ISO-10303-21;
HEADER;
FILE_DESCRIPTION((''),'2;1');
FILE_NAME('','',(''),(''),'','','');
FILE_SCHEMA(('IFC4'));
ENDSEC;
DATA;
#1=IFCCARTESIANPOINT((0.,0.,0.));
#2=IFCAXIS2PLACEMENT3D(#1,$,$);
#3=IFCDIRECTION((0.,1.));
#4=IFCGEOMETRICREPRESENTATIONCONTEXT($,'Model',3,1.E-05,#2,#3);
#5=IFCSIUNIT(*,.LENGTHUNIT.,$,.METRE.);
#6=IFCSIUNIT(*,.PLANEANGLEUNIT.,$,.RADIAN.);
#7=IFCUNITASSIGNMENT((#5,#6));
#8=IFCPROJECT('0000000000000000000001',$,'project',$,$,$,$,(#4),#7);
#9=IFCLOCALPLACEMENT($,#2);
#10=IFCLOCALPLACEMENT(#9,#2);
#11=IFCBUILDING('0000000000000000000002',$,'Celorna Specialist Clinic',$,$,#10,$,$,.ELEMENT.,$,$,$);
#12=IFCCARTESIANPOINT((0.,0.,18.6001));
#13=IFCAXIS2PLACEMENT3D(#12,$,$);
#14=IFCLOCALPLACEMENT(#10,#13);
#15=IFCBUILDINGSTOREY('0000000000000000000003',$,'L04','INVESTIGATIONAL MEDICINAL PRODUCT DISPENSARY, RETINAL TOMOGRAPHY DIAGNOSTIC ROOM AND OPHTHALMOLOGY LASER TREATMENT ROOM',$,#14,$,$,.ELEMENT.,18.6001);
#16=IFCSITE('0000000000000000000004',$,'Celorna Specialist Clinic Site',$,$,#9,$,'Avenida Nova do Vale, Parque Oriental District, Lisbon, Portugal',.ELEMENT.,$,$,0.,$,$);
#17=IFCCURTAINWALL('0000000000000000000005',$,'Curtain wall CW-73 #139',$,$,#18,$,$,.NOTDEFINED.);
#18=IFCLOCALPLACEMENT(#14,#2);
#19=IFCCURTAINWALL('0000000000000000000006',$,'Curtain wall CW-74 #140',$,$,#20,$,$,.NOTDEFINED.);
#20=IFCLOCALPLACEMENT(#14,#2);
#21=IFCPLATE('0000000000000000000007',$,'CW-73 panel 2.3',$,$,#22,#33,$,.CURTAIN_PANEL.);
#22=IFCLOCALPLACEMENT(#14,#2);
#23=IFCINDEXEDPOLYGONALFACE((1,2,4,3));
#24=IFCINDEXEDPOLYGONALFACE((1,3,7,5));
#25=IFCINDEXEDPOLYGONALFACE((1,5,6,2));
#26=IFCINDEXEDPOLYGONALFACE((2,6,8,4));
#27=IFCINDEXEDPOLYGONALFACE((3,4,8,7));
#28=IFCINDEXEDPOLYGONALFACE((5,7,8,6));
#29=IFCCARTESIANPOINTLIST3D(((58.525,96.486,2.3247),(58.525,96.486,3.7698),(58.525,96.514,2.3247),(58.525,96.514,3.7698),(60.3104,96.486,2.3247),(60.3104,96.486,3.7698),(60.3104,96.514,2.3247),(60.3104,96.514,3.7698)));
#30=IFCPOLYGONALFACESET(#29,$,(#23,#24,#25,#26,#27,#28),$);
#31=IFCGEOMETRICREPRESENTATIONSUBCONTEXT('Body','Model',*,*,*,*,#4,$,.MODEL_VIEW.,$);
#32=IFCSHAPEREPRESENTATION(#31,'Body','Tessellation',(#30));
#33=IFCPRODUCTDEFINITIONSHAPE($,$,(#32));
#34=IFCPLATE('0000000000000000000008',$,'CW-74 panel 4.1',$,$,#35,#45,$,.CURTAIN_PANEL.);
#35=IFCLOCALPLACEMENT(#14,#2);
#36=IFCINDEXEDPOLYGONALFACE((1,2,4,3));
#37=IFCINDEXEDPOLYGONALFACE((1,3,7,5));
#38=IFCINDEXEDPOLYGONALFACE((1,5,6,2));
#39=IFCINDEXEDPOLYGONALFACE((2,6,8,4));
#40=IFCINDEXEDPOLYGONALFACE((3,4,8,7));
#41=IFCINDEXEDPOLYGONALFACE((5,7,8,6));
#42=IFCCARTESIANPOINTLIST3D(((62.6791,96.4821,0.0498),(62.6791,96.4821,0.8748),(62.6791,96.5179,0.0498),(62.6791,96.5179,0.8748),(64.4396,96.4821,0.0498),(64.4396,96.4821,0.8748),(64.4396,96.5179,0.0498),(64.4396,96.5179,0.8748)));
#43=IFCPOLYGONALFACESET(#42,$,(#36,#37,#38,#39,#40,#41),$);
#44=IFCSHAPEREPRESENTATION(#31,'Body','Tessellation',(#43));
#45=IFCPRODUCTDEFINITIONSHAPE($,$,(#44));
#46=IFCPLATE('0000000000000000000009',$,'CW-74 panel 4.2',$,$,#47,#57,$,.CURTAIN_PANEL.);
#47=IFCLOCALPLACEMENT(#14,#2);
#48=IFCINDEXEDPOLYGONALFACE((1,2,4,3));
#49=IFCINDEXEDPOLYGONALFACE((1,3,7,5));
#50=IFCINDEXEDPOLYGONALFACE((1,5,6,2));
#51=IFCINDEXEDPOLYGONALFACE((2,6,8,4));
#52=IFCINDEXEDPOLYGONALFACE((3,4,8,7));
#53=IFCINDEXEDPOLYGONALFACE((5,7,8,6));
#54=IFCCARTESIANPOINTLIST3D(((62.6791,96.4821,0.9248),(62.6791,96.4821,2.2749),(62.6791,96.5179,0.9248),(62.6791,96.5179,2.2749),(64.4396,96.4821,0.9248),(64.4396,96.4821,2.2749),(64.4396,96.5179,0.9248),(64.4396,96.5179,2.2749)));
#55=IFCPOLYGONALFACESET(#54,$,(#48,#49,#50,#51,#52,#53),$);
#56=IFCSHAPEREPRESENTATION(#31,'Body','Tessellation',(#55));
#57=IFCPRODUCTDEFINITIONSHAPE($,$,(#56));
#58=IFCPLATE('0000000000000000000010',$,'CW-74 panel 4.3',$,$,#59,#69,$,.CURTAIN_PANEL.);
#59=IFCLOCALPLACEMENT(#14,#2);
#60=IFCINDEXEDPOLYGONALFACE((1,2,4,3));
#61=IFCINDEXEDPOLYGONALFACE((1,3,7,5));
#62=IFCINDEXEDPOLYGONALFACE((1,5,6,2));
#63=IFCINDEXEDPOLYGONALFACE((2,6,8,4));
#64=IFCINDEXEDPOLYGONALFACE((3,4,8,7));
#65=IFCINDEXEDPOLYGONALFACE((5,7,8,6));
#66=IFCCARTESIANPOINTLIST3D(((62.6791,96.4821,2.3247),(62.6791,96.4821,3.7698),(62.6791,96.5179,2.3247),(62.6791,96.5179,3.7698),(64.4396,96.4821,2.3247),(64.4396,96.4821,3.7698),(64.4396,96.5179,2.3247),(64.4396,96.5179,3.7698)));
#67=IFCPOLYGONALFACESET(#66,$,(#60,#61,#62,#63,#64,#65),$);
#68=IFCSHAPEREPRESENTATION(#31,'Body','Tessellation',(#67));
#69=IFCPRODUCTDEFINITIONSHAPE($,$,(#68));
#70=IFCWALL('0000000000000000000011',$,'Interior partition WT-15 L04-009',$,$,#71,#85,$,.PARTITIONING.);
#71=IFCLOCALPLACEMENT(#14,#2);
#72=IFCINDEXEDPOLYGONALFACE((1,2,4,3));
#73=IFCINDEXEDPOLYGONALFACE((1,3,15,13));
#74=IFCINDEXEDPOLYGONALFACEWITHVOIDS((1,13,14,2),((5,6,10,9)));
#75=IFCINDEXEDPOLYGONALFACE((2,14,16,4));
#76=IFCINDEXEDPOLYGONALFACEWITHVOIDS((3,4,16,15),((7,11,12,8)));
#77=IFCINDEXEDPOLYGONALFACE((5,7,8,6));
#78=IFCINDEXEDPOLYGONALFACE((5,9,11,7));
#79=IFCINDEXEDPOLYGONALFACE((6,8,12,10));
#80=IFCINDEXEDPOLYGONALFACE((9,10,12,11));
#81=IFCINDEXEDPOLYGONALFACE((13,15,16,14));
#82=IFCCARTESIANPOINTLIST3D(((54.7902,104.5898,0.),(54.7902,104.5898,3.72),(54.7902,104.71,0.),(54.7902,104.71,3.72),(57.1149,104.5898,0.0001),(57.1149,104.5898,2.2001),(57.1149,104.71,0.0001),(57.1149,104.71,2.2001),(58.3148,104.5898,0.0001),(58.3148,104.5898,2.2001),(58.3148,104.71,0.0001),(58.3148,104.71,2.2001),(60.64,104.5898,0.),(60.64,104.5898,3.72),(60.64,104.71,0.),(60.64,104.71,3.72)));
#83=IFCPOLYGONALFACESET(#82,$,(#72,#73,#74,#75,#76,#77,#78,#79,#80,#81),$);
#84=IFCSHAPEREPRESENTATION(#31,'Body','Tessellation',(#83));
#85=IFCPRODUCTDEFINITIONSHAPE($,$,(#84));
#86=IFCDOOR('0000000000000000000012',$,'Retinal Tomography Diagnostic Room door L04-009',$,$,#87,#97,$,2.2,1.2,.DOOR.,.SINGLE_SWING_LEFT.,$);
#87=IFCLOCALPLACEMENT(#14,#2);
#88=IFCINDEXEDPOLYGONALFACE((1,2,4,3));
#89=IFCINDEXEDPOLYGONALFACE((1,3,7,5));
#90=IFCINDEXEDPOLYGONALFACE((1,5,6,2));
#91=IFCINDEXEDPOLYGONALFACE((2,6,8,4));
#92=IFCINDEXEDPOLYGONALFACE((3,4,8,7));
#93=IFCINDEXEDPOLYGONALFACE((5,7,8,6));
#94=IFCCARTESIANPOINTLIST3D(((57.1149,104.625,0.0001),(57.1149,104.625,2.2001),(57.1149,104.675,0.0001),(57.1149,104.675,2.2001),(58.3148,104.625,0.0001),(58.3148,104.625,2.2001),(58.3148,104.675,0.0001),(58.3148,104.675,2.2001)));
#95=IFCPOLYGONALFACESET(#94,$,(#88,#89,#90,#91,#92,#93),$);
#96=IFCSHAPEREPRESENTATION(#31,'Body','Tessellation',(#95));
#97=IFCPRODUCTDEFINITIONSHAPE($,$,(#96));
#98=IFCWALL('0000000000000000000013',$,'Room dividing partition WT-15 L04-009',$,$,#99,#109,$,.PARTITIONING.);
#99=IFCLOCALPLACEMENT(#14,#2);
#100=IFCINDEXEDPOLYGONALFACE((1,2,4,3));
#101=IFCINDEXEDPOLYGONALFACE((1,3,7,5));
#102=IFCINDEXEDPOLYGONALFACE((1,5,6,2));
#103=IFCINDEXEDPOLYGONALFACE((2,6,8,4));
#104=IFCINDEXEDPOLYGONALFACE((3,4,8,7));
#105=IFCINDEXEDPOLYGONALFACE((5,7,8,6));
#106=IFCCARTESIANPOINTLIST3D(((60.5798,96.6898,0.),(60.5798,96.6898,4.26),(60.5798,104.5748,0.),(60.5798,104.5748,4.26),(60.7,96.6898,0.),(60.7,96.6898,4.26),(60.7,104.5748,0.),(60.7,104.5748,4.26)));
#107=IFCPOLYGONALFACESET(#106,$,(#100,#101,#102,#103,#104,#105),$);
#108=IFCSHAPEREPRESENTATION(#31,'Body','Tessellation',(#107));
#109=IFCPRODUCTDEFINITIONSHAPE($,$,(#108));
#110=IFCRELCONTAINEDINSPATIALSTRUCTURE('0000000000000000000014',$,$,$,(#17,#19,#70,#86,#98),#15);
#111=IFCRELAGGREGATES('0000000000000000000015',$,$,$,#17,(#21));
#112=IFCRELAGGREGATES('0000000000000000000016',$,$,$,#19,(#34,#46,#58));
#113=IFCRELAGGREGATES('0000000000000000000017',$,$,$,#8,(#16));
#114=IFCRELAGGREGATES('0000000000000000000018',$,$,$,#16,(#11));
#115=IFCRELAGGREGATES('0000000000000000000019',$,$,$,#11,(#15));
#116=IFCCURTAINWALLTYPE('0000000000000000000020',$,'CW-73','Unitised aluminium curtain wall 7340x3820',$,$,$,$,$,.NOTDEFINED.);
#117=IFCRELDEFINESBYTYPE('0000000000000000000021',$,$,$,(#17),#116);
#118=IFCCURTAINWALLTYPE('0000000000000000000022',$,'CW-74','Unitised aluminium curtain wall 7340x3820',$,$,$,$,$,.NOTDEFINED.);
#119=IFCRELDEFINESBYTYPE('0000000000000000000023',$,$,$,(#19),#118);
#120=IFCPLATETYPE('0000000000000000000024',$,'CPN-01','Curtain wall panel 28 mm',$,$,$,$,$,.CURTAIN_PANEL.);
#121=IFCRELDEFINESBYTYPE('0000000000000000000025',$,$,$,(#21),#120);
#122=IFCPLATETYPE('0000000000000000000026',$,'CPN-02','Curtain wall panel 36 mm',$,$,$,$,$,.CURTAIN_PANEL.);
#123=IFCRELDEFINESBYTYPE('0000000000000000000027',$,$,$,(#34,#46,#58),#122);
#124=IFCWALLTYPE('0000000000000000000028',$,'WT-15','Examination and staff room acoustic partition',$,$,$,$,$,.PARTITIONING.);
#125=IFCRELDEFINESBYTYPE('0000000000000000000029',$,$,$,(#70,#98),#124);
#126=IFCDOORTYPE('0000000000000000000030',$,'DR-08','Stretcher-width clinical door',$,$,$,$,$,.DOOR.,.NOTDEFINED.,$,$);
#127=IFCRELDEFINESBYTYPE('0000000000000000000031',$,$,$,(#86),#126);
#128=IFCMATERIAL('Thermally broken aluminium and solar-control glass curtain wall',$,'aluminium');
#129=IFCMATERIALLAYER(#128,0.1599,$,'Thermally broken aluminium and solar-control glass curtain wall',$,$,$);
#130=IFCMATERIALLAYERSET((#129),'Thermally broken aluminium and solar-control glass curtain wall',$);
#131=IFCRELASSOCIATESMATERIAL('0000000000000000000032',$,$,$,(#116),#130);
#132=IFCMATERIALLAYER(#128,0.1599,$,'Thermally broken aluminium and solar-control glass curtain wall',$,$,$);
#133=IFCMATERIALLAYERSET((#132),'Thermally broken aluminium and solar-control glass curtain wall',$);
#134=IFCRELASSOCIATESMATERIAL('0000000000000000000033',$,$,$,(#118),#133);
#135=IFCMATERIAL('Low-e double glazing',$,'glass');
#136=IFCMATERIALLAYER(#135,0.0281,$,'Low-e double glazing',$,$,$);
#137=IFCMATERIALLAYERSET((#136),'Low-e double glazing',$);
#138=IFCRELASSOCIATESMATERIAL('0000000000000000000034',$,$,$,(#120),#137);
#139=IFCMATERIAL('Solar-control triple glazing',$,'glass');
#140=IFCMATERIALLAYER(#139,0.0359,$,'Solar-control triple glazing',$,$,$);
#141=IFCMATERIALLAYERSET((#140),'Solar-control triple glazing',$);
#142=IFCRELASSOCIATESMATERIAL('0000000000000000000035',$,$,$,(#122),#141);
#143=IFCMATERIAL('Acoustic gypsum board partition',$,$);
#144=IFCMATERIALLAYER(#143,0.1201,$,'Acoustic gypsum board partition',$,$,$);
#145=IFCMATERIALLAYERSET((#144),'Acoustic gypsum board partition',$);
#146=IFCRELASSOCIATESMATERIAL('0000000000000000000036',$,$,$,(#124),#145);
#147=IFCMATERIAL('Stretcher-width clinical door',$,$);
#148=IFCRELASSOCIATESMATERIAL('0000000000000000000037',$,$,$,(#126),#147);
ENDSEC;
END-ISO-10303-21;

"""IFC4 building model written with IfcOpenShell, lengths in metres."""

from ifc_helpers import new_model, si_unit, direction, frame, frame_2d, origin, origin_2d, place, context, subcontext, project, spatial, rectangle, extrude, material, layer, layer_set, type_object, element, fill, aggregate, save


model = new_model("IFC4")

# Units and contexts
model_context = context("Model", 3, precision=1e-05, world=origin(), true_north=direction((0.0, 1.0)))
body_context = subcontext(model_context, "Body", "Model", "MODEL_VIEW")
ifc_project = project(units=[si_unit("LENGTHUNIT", "METRE"), si_unit("PLANEANGLEUNIT", "RADIAN")], contexts=[model_context])

# Site, building, storey
site_placement = place(None, origin())
site = spatial("IfcSite", under=ifc_project, at=site_placement, Name="Celorna Specialist Clinic Site", LongName="Avenida Nova do Vale, Parque Oriental District, Lisbon, Portugal", CompositionType="ELEMENT", RefElevation=0.0)
building_placement = place(site_placement, origin())
building = spatial("IfcBuilding", under=site, at=building_placement, Name="Celorna Specialist Clinic", CompositionType="ELEMENT")
storey_placement = place(building_placement, frame((0.0, 0.0, 18.6001)))
storey = spatial("IfcBuildingStorey", under=building, at=storey_placement, Name="L04", Description="INVESTIGATIONAL MEDICINAL PRODUCT DISPENSARY, RETINAL TOMOGRAPHY DIAGNOSTIC ROOM AND OPHTHALMOLOGY LASER TREATMENT ROOM", CompositionType="ELEMENT", Elevation=18.6001)

# Curtain wall
ifc_material_1 = material(Name="Thermally broken aluminium and solar-control glass curtain wall", Category="aluminium")
ifc_layer_1 = layer(ifc_material_1, 0.1599, Name="Thermally broken aluminium and solar-control glass curtain wall")
ifc_layer_set_1 = layer_set([ifc_layer_1], Name="Thermally broken aluminium and solar-control glass curtain wall")
curtain_wall_type_1 = type_object("IfcCurtainWallType", Name="CW-73", Description="Unitised aluminium curtain wall 7340x3820", PredefinedType="NOTDEFINED", material=ifc_layer_set_1)
curtain_wall_1_placement = place(storey_placement, origin())
curtain_wall_1 = element("IfcCurtainWall", 1, at=curtain_wall_1_placement, inside=storey, type_object=curtain_wall_type_1, Name="Curtain wall CW-73 #139", PredefinedType="NOTDEFINED")

# Curtain wall
ifc_layer_2 = layer(ifc_material_1, 0.1599, Name="Thermally broken aluminium and solar-control glass curtain wall")
ifc_layer_set_2 = layer_set([ifc_layer_2], Name="Thermally broken aluminium and solar-control glass curtain wall")
curtain_wall_type_2 = type_object("IfcCurtainWallType", Name="CW-74", Description="Unitised aluminium curtain wall 7340x3820", PredefinedType="NOTDEFINED", material=ifc_layer_set_2)
curtain_wall_2_placement = place(storey_placement, origin())
curtain_wall_2 = element("IfcCurtainWall", 2, at=curtain_wall_2_placement, inside=storey, type_object=curtain_wall_type_2, Name="Curtain wall CW-74 #140", PredefinedType="NOTDEFINED")

# Plates
ifc_material_2 = material(Name="Low-e double glazing", Category="glass")
ifc_layer_3 = layer(ifc_material_2, 0.0281, Name="Low-e double glazing")
ifc_layer_set_3 = layer_set([ifc_layer_3], Name="Low-e double glazing")
plate_type_1 = type_object("IfcPlateType", Name="CPN-01", Description="Curtain wall panel 28 mm", PredefinedType="CURTAIN_PANEL", material=ifc_layer_set_3)
plate_1_placement = place(storey_placement, frame((59.4177, 96.5, 2.3247), z_axis=(0.0, 0.0, 1.0), x_axis=(-1.0, 0.0, 0.0)))
plate_1 = element("IfcPlate", 3, at=plate_1_placement, type_object=plate_type_1, Name="CW-73 panel 2.3", PredefinedType="CURTAIN_PANEL", context=body_context, shape_type="SweptSolid", body=[
    extrude(rectangle(XDim=1.7854, YDim=0.0281, at=origin_2d()), origin(), (0.0, 0.0, 1.0), 1.4451),
])
aggregate(curtain_wall_1, [plate_1])
ifc_material_3 = material(Name="Solar-control triple glazing", Category="glass")
ifc_layer_4 = layer(ifc_material_3, 0.0359, Name="Solar-control triple glazing")
ifc_layer_set_4 = layer_set([ifc_layer_4], Name="Solar-control triple glazing")
plate_type_2 = type_object("IfcPlateType", Name="CPN-02", Description="Curtain wall panel 36 mm", PredefinedType="CURTAIN_PANEL", material=ifc_layer_set_4)
plate_2_placement = place(storey_placement, frame((63.5593, 96.5, 0.0498), z_axis=(0.0, 0.0, 1.0), x_axis=(-1.0, 0.0, 0.0)))
plate_2 = element("IfcPlate", 4, at=plate_2_placement, type_object=plate_type_2, Name="CW-74 panel 4.1", PredefinedType="CURTAIN_PANEL", context=body_context, shape_type="SweptSolid", body=[
    extrude(rectangle(XDim=1.7605, YDim=0.0359, at=origin_2d()), origin(), (0.0, 0.0, 1.0), 0.825),
])
plate_3_placement = place(storey_placement, frame((63.5593, 96.5, 0.9248), z_axis=(0.0, 0.0, 1.0), x_axis=(-1.0, 0.0, 0.0)))
plate_3 = element("IfcPlate", 5, at=plate_3_placement, type_object=plate_type_2, Name="CW-74 panel 4.2", PredefinedType="CURTAIN_PANEL", context=body_context, shape_type="SweptSolid", body=[
    extrude(rectangle(XDim=1.7605, YDim=0.0359, at=origin_2d()), origin(), (0.0, 0.0, 1.0), 1.3501),
])
plate_4_placement = place(storey_placement, frame((63.5593, 96.5, 2.3247), z_axis=(0.0, 0.0, 1.0), x_axis=(-1.0, 0.0, 0.0)))
plate_4 = element("IfcPlate", 6, at=plate_4_placement, type_object=plate_type_2, Name="CW-74 panel 4.3", PredefinedType="CURTAIN_PANEL", context=body_context, shape_type="SweptSolid", body=[
    extrude(rectangle(XDim=1.7605, YDim=0.0359, at=origin_2d()), origin(), (0.0, 0.0, 1.0), 1.4451),
])
aggregate(curtain_wall_2, [plate_2, plate_3, plate_4])

# Wall, opening, door
ifc_material_4 = material(Name="Acoustic gypsum board partition")
ifc_layer_5 = layer(ifc_material_4, 0.1201, Name="Acoustic gypsum board partition")
ifc_layer_set_5 = layer_set([ifc_layer_5], Name="Acoustic gypsum board partition")
wall_type = type_object("IfcWallType", Name="WT-15", Description="Examination and staff room acoustic partition", PredefinedType="PARTITIONING", material=ifc_layer_set_5)
wall_1_placement = place(storey_placement, frame((60.6399, 104.6499, 0.0), z_axis=(0.0, 0.0, 1.0), x_axis=(-1.0, 0.0, 0.0)))
wall_1 = element("IfcWall", 7, at=wall_1_placement, inside=storey, type_object=wall_type, Name="Interior partition WT-15 L04-009", PredefinedType="PARTITIONING", context=body_context, shape_type="SweptSolid", body=[
    extrude(rectangle(XDim=5.8499, YDim=0.1201, at=frame_2d((2.9248, 0.0))), origin(), (0.0, 0.0, 1.0), 3.72),
])
opening_placement = place(wall_1_placement, frame((2.325, 0.0, 0.0)))
opening = element("IfcOpeningElement", 8, at=opening_placement, cuts=wall_1, PredefinedType="OPENING", context=body_context, shape_type="SweptSolid", body=[
    extrude(rectangle(XDim=1.2, YDim=2.2, at=frame_2d((0.6001, 1.1001))), frame((0.0, 0.0701, 0.0), z_axis=(0.0, -1.0, 0.0), x_axis=(1.0, 0.0, 0.0)), (0.0, 0.0, 1.0), 0.1401),
])
ifc_material_5 = material(Name="Stretcher-width clinical door")
door_type = type_object("IfcDoorType", Name="DR-08", Description="Stretcher-width clinical door", OperationType="NOTDEFINED", PredefinedType="DOOR", material=ifc_material_5)
door_placement = place(opening_placement, origin())
door = element("IfcDoor", 9, at=door_placement, inside=storey, type_object=door_type, Name="Retinal Tomography Diagnostic Room door L04-009", OperationType="SINGLE_SWING_LEFT", OverallHeight=2.2, OverallWidth=1.2, PredefinedType="DOOR", context=body_context, shape_type="SweptSolid", body=[
    extrude(rectangle(XDim=1.2, YDim=2.2, at=frame_2d((0.6001, 1.1001))), frame((0.0, 0.0249, 0.0), z_axis=(0.0, -1.0, 0.0), x_axis=(1.0, 0.0, 0.0)), (0.0, 0.0, 1.0), 0.05),
])
fill(opening, door)

# Wall
wall_2_placement = place(storey_placement, frame((60.6399, 96.6899, 0.0), z_axis=(0.0, 0.0, 1.0), x_axis=(0.0, 1.0, 0.0)))
element("IfcWall", 10, at=wall_2_placement, inside=storey, type_object=wall_type, Name="Room dividing partition WT-15 L04-009", PredefinedType="PARTITIONING", context=body_context, shape_type="SweptSolid", body=[
    extrude(rectangle(XDim=7.885, YDim=0.1201, at=frame_2d((3.9424, 0.0))), origin(), (0.0, 0.0, 1.0), 4.26),
])

save(model, "model.ifc")
